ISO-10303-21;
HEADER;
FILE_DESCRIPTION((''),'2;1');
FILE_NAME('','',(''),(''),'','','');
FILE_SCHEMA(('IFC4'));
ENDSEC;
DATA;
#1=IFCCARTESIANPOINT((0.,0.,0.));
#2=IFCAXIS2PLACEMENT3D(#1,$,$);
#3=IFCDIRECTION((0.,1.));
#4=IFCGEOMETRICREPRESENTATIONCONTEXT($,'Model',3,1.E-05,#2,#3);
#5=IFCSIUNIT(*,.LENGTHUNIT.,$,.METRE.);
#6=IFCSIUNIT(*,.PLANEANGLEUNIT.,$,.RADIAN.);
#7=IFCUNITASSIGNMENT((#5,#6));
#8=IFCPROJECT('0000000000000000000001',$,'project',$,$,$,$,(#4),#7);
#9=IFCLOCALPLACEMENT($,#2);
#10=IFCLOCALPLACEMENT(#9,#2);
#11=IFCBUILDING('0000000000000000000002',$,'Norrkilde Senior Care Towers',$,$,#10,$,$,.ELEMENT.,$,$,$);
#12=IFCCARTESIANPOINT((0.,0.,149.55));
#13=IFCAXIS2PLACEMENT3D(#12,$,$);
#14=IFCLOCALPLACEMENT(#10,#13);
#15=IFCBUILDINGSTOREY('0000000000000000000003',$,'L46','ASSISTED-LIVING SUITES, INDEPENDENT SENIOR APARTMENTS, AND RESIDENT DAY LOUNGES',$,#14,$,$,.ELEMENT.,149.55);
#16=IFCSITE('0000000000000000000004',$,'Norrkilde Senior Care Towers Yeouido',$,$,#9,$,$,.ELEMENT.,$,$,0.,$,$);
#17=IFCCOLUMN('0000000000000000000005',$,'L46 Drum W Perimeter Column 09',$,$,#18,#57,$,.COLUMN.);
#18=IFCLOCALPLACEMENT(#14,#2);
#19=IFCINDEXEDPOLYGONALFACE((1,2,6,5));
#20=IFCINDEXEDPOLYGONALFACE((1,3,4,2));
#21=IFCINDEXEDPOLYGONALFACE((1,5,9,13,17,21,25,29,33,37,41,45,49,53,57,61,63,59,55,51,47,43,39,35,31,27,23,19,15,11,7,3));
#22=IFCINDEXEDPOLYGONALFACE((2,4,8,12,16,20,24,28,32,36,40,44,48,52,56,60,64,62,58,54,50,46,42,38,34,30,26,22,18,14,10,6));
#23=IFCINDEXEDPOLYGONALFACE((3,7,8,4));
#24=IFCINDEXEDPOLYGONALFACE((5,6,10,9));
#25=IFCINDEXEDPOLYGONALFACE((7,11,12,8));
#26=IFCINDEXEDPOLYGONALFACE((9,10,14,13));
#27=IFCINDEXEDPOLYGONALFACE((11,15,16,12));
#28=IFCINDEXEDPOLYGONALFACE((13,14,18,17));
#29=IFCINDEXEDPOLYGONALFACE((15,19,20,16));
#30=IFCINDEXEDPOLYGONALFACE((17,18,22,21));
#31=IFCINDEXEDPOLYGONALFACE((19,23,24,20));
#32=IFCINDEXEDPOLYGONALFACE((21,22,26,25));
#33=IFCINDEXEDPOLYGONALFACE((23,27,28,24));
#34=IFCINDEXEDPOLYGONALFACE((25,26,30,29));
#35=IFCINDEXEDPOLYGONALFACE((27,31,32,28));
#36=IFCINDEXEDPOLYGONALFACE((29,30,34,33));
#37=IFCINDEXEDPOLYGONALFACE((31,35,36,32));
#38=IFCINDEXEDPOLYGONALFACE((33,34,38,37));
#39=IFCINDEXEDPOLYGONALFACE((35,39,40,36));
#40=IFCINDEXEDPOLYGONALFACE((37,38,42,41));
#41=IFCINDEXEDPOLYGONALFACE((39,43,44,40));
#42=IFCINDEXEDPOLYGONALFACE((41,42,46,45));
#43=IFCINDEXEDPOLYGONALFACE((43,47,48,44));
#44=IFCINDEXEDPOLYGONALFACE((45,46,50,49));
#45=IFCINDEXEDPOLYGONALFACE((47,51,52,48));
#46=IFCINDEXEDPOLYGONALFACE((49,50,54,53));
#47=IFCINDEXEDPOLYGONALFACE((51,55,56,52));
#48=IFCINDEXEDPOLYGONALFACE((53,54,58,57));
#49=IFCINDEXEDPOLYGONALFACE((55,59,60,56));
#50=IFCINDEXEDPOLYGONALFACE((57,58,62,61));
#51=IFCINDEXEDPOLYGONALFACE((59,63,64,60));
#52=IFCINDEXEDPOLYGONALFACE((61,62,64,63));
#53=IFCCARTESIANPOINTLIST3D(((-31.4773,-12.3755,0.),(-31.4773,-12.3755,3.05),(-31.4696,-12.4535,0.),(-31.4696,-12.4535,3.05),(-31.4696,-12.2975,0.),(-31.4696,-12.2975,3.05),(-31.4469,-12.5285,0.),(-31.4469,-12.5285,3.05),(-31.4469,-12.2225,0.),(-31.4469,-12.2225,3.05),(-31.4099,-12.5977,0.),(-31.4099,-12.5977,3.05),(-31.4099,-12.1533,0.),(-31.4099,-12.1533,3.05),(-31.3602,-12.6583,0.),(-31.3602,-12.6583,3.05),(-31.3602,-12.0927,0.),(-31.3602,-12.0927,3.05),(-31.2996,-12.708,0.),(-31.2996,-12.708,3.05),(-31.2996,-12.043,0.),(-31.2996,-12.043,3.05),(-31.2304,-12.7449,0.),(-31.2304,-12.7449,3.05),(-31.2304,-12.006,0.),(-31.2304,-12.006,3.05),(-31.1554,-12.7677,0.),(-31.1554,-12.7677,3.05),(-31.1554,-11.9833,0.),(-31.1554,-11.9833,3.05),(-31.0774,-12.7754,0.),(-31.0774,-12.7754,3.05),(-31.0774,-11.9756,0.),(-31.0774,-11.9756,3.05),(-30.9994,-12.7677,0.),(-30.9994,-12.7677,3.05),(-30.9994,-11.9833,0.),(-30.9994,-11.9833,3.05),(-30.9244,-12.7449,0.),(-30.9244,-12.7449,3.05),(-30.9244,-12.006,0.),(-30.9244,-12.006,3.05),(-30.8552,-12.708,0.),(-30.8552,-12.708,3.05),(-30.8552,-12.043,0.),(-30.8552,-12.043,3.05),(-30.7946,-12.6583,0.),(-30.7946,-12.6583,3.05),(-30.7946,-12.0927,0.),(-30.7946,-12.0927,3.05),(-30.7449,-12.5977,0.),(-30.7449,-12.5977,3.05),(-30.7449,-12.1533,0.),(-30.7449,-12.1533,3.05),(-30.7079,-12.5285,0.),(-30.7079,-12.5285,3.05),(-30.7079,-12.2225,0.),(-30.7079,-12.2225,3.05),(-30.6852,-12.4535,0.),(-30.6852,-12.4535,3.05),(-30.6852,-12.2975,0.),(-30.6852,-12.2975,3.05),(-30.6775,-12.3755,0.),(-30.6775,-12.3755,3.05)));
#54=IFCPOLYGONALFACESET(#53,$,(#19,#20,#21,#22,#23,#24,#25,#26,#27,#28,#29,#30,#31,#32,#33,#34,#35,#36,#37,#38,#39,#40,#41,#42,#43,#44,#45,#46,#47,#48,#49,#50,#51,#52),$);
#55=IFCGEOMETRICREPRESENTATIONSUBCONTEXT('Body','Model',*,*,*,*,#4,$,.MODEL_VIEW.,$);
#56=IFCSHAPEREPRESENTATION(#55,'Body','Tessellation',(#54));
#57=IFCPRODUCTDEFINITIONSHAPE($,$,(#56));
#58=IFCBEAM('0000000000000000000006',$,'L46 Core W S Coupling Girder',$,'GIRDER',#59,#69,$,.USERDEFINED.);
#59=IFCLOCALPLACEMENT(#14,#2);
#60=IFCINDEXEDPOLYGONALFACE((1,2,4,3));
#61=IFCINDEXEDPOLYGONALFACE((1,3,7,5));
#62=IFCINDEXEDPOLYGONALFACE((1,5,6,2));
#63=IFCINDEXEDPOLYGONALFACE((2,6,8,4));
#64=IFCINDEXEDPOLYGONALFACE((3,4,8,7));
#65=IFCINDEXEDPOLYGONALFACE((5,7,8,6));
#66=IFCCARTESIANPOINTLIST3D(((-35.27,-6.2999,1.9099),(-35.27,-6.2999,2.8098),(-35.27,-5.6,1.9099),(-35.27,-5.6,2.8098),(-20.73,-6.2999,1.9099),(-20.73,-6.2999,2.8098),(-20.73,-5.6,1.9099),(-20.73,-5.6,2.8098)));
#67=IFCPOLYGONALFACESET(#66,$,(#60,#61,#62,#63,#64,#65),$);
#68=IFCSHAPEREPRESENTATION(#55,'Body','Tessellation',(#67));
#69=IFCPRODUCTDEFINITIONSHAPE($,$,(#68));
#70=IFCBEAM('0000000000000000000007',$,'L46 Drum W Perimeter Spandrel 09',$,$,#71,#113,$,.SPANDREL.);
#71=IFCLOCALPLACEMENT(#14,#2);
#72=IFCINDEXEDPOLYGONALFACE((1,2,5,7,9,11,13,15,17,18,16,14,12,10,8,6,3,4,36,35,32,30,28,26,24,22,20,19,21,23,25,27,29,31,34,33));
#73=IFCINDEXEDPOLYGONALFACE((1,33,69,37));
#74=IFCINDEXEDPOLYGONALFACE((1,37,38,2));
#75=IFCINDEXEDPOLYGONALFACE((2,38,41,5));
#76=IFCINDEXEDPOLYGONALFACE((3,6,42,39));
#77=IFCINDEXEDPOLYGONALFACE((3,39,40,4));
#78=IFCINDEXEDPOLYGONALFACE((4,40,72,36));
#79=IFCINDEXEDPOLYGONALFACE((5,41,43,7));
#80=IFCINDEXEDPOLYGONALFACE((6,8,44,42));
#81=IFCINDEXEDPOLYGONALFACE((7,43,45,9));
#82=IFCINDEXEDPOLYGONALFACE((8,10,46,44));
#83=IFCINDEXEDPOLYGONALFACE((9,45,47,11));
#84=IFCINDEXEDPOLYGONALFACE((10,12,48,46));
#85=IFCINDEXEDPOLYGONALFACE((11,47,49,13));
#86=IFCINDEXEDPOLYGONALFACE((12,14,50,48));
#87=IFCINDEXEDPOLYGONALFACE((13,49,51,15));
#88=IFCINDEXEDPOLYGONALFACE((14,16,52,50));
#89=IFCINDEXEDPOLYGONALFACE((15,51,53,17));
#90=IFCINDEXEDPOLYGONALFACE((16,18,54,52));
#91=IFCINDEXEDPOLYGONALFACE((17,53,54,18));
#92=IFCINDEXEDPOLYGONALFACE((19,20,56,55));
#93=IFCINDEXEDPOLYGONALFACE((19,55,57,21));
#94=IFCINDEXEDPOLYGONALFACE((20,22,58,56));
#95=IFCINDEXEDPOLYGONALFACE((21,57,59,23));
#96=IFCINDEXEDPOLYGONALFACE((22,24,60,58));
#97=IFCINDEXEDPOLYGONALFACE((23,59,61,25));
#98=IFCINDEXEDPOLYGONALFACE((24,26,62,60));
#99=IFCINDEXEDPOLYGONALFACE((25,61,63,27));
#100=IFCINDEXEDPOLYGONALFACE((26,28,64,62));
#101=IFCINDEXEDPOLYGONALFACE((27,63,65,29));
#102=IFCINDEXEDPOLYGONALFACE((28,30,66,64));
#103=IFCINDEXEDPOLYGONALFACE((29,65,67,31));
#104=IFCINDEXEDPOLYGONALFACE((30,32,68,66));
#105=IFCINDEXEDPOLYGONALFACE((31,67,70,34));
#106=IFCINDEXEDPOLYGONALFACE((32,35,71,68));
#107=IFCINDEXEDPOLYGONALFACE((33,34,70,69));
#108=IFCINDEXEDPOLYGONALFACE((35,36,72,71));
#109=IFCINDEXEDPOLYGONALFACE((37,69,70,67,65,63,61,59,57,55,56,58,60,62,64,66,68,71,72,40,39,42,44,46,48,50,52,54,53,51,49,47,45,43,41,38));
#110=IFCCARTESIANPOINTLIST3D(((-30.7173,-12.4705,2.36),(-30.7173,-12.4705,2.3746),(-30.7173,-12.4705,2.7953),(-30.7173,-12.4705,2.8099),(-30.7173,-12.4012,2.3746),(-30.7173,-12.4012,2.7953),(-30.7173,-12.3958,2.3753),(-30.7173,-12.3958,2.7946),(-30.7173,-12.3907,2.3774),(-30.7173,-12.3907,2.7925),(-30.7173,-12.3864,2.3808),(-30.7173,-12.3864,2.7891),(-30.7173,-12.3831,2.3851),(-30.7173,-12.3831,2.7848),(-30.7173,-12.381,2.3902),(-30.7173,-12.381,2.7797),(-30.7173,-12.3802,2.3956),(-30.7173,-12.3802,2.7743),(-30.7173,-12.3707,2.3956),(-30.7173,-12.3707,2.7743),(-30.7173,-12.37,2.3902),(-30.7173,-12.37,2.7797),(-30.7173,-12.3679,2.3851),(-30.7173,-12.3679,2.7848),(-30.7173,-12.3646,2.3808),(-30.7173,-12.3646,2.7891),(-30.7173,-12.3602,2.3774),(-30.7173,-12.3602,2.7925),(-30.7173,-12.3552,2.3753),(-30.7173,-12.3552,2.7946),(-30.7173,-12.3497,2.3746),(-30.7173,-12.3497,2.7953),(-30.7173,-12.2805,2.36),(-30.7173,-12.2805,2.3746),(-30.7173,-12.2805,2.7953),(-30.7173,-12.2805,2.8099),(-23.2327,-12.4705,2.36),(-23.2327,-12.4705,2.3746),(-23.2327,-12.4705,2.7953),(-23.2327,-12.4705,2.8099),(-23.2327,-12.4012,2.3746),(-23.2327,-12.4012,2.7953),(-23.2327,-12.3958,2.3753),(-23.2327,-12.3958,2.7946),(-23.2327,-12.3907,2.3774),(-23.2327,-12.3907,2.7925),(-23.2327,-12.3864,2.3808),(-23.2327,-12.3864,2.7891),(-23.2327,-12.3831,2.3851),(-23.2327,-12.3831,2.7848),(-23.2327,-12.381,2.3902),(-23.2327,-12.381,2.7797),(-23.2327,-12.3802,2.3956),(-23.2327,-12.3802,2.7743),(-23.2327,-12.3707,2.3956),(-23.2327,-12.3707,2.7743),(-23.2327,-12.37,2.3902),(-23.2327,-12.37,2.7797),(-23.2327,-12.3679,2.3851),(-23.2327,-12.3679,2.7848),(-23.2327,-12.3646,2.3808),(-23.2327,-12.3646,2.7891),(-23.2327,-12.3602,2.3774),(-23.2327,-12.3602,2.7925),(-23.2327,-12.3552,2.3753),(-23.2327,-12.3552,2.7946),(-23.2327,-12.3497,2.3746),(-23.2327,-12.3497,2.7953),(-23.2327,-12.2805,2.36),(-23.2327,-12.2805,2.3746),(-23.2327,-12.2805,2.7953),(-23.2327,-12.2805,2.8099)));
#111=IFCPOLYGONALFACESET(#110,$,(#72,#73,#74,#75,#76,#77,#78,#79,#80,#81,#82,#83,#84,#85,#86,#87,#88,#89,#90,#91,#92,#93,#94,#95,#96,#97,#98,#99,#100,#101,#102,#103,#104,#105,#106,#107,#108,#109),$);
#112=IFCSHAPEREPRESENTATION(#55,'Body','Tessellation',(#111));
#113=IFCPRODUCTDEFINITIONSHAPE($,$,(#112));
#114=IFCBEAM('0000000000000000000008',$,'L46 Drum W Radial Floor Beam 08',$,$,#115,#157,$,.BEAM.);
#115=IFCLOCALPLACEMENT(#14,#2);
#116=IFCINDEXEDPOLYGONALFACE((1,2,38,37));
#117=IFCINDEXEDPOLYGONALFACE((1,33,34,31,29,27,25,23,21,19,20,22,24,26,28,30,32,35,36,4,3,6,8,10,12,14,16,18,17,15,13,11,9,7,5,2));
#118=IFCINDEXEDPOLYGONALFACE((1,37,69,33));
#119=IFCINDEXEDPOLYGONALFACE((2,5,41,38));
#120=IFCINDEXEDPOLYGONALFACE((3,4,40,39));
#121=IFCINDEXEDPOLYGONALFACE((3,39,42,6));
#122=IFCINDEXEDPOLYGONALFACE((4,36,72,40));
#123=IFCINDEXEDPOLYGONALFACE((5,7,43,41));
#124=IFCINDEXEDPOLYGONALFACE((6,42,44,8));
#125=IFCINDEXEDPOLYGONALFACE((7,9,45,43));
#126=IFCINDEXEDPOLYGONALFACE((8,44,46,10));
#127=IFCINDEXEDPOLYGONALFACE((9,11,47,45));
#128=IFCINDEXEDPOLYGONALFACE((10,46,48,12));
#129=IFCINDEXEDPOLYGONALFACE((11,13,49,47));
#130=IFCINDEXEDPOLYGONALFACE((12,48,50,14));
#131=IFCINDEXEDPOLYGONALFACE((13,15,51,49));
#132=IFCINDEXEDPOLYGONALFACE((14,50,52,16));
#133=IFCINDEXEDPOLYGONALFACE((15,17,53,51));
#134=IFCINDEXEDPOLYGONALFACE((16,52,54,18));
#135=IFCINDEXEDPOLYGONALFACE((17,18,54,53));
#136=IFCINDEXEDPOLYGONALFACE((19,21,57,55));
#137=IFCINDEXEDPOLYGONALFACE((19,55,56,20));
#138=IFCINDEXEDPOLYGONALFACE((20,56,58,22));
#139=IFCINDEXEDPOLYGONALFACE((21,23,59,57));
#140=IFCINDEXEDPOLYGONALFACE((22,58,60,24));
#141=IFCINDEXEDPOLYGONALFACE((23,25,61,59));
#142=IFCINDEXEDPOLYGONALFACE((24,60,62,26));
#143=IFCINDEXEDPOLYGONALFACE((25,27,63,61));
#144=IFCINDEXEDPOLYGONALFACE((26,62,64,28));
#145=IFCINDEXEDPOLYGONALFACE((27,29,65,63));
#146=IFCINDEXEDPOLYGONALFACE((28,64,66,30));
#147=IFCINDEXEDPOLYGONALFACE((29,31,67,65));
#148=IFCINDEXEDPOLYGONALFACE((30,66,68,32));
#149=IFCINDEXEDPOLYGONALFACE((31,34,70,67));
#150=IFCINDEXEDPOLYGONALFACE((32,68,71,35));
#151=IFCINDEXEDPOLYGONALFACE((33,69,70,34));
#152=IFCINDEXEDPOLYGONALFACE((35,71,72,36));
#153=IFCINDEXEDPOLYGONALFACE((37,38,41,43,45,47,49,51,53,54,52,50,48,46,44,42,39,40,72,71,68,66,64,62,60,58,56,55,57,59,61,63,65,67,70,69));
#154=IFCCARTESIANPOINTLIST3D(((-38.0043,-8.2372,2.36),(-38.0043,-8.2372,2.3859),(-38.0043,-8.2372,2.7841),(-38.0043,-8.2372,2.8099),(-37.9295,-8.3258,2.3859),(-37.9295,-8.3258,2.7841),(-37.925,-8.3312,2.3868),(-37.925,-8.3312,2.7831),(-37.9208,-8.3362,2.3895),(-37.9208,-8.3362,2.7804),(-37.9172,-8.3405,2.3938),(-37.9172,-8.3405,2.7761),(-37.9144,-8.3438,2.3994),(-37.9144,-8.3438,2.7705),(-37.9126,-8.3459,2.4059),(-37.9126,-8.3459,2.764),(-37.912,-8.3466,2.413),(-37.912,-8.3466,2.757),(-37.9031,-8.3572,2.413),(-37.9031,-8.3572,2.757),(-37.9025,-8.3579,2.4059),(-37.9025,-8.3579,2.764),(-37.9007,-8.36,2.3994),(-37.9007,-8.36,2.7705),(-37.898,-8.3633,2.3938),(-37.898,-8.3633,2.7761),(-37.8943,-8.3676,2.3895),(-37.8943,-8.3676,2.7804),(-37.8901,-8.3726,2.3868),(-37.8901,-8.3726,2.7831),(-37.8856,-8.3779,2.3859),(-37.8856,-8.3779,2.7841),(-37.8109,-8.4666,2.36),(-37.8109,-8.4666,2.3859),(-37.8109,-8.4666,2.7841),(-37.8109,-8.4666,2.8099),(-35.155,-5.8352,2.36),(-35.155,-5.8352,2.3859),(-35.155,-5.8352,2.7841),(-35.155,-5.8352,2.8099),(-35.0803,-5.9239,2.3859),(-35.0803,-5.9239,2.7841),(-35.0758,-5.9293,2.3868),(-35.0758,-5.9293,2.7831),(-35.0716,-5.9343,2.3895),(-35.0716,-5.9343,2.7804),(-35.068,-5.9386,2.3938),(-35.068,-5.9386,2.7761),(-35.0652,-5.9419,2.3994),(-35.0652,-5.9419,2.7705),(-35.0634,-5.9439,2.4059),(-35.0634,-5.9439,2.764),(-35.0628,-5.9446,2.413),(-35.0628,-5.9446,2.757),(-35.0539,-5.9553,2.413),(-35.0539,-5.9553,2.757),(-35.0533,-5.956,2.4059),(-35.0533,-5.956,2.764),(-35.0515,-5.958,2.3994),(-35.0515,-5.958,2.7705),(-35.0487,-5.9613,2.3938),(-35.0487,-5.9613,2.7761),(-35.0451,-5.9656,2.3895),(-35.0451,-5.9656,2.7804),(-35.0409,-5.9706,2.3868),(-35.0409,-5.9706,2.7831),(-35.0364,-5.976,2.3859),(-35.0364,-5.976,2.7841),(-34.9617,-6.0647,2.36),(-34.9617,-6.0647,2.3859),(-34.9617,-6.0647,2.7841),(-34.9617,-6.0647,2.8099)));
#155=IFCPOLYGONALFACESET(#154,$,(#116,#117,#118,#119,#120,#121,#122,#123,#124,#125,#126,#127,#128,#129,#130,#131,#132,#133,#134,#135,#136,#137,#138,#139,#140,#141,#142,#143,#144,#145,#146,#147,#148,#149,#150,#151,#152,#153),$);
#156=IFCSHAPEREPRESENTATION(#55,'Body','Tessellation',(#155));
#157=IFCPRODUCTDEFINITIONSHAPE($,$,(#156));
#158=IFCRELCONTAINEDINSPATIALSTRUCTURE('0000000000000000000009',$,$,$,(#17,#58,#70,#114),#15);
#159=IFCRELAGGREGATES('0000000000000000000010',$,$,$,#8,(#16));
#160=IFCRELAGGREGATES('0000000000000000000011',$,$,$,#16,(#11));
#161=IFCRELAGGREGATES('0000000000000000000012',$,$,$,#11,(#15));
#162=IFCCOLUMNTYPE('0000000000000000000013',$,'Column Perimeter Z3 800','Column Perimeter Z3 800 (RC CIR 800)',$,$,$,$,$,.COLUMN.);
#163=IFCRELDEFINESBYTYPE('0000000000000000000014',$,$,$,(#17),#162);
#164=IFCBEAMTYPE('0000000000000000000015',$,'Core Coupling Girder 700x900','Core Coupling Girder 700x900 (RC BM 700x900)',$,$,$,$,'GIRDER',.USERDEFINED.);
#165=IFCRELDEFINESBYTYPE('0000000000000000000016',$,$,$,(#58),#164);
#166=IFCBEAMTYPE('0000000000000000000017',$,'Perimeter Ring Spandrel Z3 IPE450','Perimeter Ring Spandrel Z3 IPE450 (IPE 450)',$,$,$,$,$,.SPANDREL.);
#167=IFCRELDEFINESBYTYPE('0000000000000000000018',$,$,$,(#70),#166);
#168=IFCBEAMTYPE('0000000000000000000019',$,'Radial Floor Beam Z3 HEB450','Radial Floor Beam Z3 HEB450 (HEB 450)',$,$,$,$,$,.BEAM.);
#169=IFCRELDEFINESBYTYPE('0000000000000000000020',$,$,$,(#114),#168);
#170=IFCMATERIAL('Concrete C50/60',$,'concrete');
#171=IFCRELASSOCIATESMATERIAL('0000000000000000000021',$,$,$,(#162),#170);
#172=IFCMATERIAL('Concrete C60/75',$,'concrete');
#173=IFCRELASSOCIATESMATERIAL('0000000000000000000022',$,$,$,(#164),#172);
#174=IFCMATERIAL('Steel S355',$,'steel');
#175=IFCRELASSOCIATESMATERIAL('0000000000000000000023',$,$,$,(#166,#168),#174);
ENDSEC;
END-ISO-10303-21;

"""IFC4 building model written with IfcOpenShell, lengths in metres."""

from ifc_helpers import new_model, si_unit, direction, frame, origin, origin_2d, place, context, subcontext, project, spatial, rectangle, circle, i_section, extrude, source, transform, mapped, material, material_profile, profile_set, type_object, type_shapes, element, save


model = new_model("IFC4")

# Units and contexts
model_context = context("Model", 3, precision=1e-05, world=origin(), true_north=direction((0.0, 1.0)))
body_context = subcontext(model_context, "Body", "Model", "MODEL_VIEW")
ifc_project = project(units=[si_unit("LENGTHUNIT", "METRE"), si_unit("PLANEANGLEUNIT", "RADIAN")], contexts=[model_context])

# Site, building, storey
site_placement = place(None, origin())
site = spatial("IfcSite", under=ifc_project, at=site_placement, Name="Norrkilde Senior Care Towers Yeouido", CompositionType="ELEMENT", RefElevation=0.0)
building_placement = place(site_placement, origin())
building = spatial("IfcBuilding", under=site, at=building_placement, Name="Norrkilde Senior Care Towers", CompositionType="ELEMENT")
storey_placement = place(building_placement, frame((0.0, 0.0, 149.55)))
storey = spatial("IfcBuildingStorey", under=building, at=storey_placement, Name="L46", Description="ASSISTED-LIVING SUITES, INDEPENDENT SENIOR APARTMENTS, AND RESIDENT DAY LOUNGES", CompositionType="ELEMENT", Elevation=149.55)

# Column
ifc_material_1 = material(Name="Concrete C50/60", Category="concrete")
ifc_material_profile_1 = material_profile(ifc_material_1, circle(Radius=0.3999, at=origin_2d()), Name="RC CIR 800")
ifc_profile_set_1 = profile_set([ifc_material_profile_1], Name="Concrete C50/60")
column_type = type_object("IfcColumnType", Name="Column Perimeter Z3 800", Description="Column Perimeter Z3 800 (RC CIR 800)", PredefinedType="COLUMN", material=ifc_profile_set_1)
shared_shape_1 = source(origin(), body_context, "Body", "SweptSolid", [
    extrude(circle(Radius=0.3999, at=origin_2d()), origin(), (0.0, 0.0, 1.0), 3.05),
])
type_shapes(column_type, [shared_shape_1])
column_placement = place(storey_placement, frame((-31.0774, -12.3755, 0.0), z_axis=(0.0, 0.0, 1.0), x_axis=(1.0, 0.0, 0.0)))
element("IfcColumn", 1, at=column_placement, inside=storey, type_object=column_type, Name="L46 Drum W Perimeter Column 09", PredefinedType="COLUMN", context=body_context, shape_type="MappedRepresentation", body=[
    mapped(shared_shape_1, transform((0.0, 0.0, 0.0), x_axis=(1.0, 0.0, 0.0), y_axis=(0.0, 1.0, 0.0), z_axis=(0.0, 0.0, 1.0), scale=1.0)),
])

# Beams
ifc_material_2 = material(Name="Concrete C60/75", Category="concrete")
ifc_material_profile_2 = material_profile(ifc_material_2, rectangle(XDim=0.7, YDim=0.8999, at=origin_2d()), Name="RC BM 700x900")
ifc_profile_set_2 = profile_set([ifc_material_profile_2], Name="Concrete C60/75")
beam_type_1 = type_object("IfcBeamType", Name="Core Coupling Girder 700x900", Description="Core Coupling Girder 700x900 (RC BM 700x900)", ElementType="GIRDER", PredefinedType="USERDEFINED", material=ifc_profile_set_2)
shared_shape_2 = source(origin(), body_context, "Body", "SweptSolid", [
    extrude(rectangle(XDim=0.7, YDim=0.8999, at=origin_2d()), origin(), (0.0, 0.0, 1.0), 14.54),
])
type_shapes(beam_type_1, [shared_shape_2])
beam_1_placement = place(storey_placement, frame((-35.27, -5.95, 2.3599), z_axis=(1.0, 0.0, 0.0), x_axis=(0.0, 1.0, 0.0)))
element("IfcBeam", 2, at=beam_1_placement, inside=storey, type_object=beam_type_1, Name="L46 Core W S Coupling Girder", ObjectType="GIRDER", PredefinedType="USERDEFINED", context=body_context, shape_type="MappedRepresentation", body=[
    mapped(shared_shape_2, transform((0.0, 0.0, 0.0), x_axis=(1.0, 0.0, 0.0), y_axis=(0.0, 1.0, 0.0), z_axis=(0.0, 0.0, 1.0), scale=1.0)),
])
ifc_material_3 = material(Name="Steel S355", Category="steel")
ifc_material_profile_3 = material_profile(ifc_material_3, i_section(OverallWidth=0.1899, OverallDepth=0.45, WebThickness=0.0095, FlangeThickness=0.0146, FilletRadius=0.021, at=origin_2d()), Name="IPE 450")
ifc_profile_set_3 = profile_set([ifc_material_profile_3], Name="Steel S355")
beam_type_2 = type_object("IfcBeamType", Name="Perimeter Ring Spandrel Z3 IPE450", Description="Perimeter Ring Spandrel Z3 IPE450 (IPE 450)", PredefinedType="SPANDREL", material=ifc_profile_set_3)
shared_shape_3 = source(origin(), body_context, "Body", "SweptSolid", [
    extrude(i_section(OverallWidth=0.1899, OverallDepth=0.45, WebThickness=0.0095, FlangeThickness=0.0146, FilletRadius=0.021, at=origin_2d()), origin(), (0.0, 0.0, 1.0), 7.4846),
])
type_shapes(beam_type_2, [shared_shape_3])
beam_2_placement = place(storey_placement, frame((-30.7173, -12.3755, 2.585), z_axis=(1.0, 0.0, 0.0), x_axis=(0.0, 1.0, 0.0)))
element("IfcBeam", 3, at=beam_2_placement, inside=storey, type_object=beam_type_2, Name="L46 Drum W Perimeter Spandrel 09", PredefinedType="SPANDREL", context=body_context, shape_type="MappedRepresentation", body=[
    mapped(shared_shape_3, transform((0.0, 0.0, 0.0), x_axis=(1.0, 0.0, 0.0), y_axis=(0.0, 1.0, 0.0), z_axis=(0.0, 0.0, 1.0), scale=1.0)),
])
ifc_material_profile_4 = material_profile(ifc_material_3, i_section(OverallWidth=0.3, OverallDepth=0.45, WebThickness=0.0139, FlangeThickness=0.0259, FilletRadius=0.0271, at=origin_2d()), Name="HEB 450")
ifc_profile_set_4 = profile_set([ifc_material_profile_4], Name="Steel S355")
beam_type_3 = type_object("IfcBeamType", Name="Radial Floor Beam Z3 HEB450", Description="Radial Floor Beam Z3 HEB450 (HEB 450)", PredefinedType="BEAM", material=ifc_profile_set_4)
shared_shape_4 = source(origin(), body_context, "Body", "SweptSolid", [
    extrude(i_section(OverallWidth=0.3, OverallDepth=0.45, WebThickness=0.0139, FlangeThickness=0.0259, FilletRadius=0.0271, at=origin_2d()), origin(), (0.0, 0.0, 1.0), 3.7266),
])
beam_3_placement = place(storey_placement, frame((-35.0583, -5.95, 2.585), z_axis=(-0.764568, -0.644543, 0.0), x_axis=(0.644543, -0.764568, 0.0)))
element("IfcBeam", 4, at=beam_3_placement, inside=storey, type_object=beam_type_3, Name="L46 Drum W Radial Floor Beam 08", PredefinedType="BEAM", context=body_context, shape_type="MappedRepresentation", body=[
    mapped(shared_shape_4, transform((0.0, 0.0, 0.0), x_axis=(1.0, 0.0, 0.0), y_axis=(0.0, 1.0, 0.0), z_axis=(0.0, 0.0, 1.0), scale=1.0)),
])

save(model, "model.ifc")
